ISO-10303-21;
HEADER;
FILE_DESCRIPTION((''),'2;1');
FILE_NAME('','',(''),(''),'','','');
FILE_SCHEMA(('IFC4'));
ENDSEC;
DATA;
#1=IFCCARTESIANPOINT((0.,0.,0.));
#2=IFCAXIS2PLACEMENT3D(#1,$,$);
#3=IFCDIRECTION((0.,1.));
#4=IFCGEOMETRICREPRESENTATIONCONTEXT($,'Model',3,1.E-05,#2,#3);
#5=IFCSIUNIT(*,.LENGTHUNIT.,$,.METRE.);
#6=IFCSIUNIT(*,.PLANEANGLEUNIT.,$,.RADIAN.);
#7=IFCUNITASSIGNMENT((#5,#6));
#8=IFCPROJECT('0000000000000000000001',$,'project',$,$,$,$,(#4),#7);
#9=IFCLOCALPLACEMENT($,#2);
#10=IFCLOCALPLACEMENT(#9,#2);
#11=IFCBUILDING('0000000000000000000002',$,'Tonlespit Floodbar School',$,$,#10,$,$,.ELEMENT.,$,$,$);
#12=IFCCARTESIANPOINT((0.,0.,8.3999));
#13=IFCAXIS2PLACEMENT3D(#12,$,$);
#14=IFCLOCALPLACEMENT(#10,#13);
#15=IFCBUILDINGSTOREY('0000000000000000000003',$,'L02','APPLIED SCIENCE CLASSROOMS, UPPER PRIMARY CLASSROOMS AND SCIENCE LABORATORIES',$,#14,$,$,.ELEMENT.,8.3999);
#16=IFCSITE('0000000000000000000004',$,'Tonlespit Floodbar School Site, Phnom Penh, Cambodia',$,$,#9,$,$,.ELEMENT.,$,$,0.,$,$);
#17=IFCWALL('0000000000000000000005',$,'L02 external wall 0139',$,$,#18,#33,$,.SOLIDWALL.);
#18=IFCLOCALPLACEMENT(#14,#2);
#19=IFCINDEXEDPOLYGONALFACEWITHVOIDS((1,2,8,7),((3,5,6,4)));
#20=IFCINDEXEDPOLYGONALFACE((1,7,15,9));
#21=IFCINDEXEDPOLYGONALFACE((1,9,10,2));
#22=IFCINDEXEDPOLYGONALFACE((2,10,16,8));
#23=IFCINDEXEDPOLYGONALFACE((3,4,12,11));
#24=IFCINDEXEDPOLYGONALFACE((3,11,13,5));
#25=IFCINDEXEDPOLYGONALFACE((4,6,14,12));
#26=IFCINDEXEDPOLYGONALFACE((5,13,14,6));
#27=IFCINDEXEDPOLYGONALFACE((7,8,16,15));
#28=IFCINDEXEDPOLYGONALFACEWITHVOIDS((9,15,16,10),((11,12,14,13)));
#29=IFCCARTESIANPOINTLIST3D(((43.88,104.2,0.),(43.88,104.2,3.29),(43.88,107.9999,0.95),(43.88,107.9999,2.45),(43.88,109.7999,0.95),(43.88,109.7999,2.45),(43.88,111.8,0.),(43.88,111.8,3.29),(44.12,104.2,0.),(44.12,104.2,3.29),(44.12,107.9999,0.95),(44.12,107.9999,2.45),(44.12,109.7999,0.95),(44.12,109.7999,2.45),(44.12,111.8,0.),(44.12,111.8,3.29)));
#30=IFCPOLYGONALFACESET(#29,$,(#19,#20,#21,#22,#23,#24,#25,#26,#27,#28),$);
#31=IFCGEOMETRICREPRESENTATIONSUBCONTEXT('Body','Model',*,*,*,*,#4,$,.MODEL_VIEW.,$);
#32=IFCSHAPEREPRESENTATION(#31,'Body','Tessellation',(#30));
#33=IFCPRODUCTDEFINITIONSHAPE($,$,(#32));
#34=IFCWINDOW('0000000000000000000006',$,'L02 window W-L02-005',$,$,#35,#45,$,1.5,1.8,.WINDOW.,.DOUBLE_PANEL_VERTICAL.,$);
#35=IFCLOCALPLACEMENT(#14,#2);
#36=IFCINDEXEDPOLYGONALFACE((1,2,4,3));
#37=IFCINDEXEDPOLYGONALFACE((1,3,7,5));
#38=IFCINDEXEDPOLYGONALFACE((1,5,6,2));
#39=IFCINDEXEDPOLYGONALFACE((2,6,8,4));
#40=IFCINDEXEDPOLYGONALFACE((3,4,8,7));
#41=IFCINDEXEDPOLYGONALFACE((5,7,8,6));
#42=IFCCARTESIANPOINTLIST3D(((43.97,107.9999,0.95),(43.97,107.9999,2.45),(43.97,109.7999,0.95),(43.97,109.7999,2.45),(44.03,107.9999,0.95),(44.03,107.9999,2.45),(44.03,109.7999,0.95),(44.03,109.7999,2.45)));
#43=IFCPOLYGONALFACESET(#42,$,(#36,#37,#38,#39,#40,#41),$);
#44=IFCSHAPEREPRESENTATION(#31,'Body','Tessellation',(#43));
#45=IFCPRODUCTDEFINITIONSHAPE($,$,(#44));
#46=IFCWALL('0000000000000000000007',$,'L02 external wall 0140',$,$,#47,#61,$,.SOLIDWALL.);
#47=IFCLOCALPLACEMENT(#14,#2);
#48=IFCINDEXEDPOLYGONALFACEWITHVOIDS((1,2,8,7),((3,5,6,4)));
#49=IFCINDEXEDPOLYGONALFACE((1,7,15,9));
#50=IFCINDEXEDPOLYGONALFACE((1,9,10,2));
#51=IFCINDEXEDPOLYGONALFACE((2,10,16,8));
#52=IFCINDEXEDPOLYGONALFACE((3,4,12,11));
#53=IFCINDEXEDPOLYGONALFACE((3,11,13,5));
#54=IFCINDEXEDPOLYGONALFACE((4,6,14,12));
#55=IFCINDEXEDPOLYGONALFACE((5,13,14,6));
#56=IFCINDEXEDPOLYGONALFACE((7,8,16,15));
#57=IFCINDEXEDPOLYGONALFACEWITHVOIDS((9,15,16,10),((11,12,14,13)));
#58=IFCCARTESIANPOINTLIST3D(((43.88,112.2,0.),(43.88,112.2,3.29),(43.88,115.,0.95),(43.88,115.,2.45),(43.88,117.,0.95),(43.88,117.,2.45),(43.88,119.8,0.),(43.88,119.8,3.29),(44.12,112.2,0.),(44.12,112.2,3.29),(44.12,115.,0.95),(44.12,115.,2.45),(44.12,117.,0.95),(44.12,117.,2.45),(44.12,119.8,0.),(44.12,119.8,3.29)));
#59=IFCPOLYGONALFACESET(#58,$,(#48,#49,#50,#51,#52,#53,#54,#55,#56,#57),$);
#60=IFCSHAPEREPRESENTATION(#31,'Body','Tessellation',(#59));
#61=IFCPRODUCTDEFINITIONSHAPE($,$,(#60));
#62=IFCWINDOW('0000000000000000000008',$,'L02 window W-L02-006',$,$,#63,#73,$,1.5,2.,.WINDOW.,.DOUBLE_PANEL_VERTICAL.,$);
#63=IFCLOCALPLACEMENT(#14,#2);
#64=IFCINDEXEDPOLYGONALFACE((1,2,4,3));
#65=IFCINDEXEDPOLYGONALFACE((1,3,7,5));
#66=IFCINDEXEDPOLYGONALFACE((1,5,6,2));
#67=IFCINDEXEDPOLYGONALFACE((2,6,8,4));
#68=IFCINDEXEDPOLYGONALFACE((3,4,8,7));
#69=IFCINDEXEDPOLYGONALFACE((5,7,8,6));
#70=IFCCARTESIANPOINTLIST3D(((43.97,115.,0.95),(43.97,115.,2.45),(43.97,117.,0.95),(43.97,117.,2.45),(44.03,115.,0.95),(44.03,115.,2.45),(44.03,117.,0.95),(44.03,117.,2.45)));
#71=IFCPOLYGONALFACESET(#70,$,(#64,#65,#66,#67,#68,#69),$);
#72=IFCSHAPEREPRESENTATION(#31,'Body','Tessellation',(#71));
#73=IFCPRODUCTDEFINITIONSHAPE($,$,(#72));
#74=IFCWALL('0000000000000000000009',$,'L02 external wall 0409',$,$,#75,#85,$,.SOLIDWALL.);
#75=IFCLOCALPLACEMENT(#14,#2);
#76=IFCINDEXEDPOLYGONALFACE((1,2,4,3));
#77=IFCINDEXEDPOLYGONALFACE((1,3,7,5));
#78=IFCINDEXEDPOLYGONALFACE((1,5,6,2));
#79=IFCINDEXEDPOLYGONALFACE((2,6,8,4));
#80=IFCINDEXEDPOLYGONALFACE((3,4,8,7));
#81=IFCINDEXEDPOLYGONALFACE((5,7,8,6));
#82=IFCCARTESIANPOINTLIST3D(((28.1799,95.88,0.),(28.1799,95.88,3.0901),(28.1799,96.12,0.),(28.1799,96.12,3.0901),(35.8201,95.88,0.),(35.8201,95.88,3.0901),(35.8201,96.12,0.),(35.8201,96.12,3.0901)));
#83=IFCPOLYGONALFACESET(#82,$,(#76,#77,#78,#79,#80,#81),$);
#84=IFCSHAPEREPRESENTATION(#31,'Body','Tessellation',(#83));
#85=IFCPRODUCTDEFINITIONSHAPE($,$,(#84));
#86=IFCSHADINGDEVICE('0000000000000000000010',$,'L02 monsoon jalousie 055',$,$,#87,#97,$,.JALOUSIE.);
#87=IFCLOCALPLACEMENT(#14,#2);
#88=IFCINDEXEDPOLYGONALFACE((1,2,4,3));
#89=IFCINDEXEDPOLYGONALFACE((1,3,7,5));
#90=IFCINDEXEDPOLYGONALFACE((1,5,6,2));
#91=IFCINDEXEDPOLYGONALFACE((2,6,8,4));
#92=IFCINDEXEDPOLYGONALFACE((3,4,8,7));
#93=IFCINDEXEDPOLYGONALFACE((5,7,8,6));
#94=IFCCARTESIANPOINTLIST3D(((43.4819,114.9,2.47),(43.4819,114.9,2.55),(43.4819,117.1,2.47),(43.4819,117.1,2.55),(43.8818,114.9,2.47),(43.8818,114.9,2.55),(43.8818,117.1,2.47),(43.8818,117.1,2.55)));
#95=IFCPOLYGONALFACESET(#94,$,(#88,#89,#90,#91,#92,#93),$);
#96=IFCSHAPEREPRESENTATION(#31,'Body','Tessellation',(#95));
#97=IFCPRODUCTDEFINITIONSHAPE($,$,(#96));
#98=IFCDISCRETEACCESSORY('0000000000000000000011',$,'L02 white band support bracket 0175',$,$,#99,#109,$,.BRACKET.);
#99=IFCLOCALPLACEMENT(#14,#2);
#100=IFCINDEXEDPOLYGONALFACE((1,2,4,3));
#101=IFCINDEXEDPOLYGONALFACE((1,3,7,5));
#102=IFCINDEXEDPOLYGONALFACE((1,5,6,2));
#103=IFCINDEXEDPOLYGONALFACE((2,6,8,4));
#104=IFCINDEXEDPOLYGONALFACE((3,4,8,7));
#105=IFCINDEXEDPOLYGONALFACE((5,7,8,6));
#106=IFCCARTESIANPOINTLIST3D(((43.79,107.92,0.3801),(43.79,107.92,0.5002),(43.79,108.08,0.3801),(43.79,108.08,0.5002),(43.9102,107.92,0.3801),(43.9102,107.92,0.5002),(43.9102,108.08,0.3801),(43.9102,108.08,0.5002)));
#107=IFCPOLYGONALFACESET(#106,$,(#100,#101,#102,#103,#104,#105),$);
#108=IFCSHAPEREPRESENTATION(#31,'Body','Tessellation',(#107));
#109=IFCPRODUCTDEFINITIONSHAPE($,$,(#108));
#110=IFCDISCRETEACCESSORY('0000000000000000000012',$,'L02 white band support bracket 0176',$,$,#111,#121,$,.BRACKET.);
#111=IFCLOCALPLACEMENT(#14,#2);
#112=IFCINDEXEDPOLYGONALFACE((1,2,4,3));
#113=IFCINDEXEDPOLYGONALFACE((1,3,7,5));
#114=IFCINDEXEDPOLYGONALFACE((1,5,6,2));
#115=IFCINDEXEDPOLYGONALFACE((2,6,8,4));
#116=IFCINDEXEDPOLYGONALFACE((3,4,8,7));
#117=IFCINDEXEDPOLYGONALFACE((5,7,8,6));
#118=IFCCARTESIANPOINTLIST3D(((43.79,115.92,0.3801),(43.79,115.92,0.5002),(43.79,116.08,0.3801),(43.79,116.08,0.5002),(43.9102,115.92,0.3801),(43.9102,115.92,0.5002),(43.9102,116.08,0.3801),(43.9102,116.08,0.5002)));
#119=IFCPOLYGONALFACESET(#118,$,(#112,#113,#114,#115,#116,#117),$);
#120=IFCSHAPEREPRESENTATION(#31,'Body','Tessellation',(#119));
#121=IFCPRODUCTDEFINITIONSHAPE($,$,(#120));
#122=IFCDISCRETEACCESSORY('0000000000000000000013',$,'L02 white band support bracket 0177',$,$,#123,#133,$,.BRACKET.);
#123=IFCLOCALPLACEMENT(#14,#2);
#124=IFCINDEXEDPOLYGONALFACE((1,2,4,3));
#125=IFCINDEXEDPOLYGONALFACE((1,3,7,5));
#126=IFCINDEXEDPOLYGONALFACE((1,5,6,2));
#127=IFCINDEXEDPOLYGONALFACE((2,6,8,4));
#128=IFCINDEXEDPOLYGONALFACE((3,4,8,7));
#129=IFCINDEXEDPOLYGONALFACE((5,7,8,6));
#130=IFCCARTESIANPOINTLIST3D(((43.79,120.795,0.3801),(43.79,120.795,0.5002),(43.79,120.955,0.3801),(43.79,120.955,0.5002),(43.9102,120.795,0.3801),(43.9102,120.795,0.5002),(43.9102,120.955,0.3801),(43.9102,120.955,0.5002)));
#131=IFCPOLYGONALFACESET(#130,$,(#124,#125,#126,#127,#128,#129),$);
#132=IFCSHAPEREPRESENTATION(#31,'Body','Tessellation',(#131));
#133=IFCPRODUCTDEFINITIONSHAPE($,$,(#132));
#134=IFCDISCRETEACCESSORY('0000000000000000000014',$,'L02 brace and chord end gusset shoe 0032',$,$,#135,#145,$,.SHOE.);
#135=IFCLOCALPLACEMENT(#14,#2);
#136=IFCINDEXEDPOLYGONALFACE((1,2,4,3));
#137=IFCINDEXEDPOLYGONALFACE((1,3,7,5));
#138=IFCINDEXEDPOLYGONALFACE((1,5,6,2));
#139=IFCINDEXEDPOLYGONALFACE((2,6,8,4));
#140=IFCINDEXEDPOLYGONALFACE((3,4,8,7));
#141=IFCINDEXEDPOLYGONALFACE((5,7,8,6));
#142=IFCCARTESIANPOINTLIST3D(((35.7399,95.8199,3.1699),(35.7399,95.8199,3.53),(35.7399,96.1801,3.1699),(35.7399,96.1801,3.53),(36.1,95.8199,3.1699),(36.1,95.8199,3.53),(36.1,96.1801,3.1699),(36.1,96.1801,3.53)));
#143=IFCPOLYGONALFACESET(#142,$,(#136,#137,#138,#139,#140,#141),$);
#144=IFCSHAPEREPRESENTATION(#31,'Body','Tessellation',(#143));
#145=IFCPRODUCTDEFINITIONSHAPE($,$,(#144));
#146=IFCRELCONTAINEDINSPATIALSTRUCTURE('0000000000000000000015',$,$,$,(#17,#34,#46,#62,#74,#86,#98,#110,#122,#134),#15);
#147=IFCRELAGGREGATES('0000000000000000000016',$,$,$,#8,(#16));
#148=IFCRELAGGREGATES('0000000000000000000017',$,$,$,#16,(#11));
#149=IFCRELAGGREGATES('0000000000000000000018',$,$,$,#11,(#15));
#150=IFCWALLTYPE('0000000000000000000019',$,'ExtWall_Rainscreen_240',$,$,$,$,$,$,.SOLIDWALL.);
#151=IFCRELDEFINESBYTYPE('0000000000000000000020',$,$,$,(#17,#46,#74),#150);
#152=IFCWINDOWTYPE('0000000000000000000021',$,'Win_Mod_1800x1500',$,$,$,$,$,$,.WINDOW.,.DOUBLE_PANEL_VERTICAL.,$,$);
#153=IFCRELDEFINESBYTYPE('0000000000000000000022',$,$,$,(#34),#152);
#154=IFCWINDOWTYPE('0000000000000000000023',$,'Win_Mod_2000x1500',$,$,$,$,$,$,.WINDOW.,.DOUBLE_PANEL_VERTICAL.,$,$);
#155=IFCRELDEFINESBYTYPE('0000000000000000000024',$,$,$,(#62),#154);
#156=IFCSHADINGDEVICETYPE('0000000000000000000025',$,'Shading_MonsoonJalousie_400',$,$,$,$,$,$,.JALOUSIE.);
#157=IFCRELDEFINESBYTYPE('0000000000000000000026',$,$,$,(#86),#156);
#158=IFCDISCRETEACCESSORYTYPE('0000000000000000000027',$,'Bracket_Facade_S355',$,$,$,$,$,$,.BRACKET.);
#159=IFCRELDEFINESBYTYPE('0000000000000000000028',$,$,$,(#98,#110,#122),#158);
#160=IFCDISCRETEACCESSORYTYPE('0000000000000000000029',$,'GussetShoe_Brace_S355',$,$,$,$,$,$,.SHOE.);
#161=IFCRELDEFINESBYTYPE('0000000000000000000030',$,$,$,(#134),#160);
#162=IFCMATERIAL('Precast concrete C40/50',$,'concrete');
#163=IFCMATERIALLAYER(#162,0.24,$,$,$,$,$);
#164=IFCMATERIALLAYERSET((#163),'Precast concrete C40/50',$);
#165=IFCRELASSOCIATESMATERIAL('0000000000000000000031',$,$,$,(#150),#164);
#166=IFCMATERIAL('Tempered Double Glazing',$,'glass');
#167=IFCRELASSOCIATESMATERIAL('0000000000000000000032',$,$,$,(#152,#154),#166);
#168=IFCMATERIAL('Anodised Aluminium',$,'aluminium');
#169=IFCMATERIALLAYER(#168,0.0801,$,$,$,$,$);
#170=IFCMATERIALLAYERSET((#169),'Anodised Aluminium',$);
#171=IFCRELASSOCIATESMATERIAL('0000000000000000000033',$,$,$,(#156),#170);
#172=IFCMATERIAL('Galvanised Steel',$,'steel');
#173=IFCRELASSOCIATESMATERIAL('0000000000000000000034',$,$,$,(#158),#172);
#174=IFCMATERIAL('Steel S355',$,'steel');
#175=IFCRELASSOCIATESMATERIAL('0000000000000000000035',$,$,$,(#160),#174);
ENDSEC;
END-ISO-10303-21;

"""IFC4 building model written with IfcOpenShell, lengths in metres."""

from ifc_helpers import new_model, si_unit, direction, frame, frame_2d, origin, origin_2d, place, context, subcontext, project, spatial, rectangle, extrude, material, layer, layer_set, type_object, element, fill, save


model = new_model("IFC4")

# Units and contexts
model_context = context("Model", 3, precision=1e-05, world=origin(), true_north=direction((0.0, 1.0)))
body_context = subcontext(model_context, "Body", "Model", "MODEL_VIEW")
ifc_project = project(units=[si_unit("LENGTHUNIT", "METRE"), si_unit("PLANEANGLEUNIT", "RADIAN")], contexts=[model_context])

# Site, building, storey
site_placement = place(None, origin())
site = spatial("IfcSite", under=ifc_project, at=site_placement, Name="Tonlespit Floodbar School Site, Phnom Penh, Cambodia", CompositionType="ELEMENT", RefElevation=0.0)
building_placement = place(site_placement, origin())
building = spatial("IfcBuilding", under=site, at=building_placement, Name="Tonlespit Floodbar School", CompositionType="ELEMENT")
storey_placement = place(building_placement, frame((0.0, 0.0, 8.3999)))
storey = spatial("IfcBuildingStorey", under=building, at=storey_placement, Name="L02", Description="APPLIED SCIENCE CLASSROOMS, UPPER PRIMARY CLASSROOMS AND SCIENCE LABORATORIES", CompositionType="ELEMENT", Elevation=8.3999)

# Shared definitions
ifc_material_1 = material(Name="Steel S355", Category="steel")

# Shared definitions
ifc_material_2 = material(Name="Anodised Aluminium", Category="aluminium")

# Walls, openings, windows
ifc_material_3 = material(Name="Precast concrete C40/50", Category="concrete")
ifc_layer_1 = layer(ifc_material_3, 0.24)
ifc_layer_set_1 = layer_set([ifc_layer_1], Name="Precast concrete C40/50")
wall_type = type_object("IfcWallType", Name="ExtWall_Rainscreen_240", PredefinedType="SOLIDWALL", material=ifc_layer_set_1)
wall_1_placement = place(storey_placement, frame((44.0, 104.2, 0.0), z_axis=(0.0, 0.0, 1.0), x_axis=(0.0, 1.0, 0.0)))
wall_1 = element("IfcWall", 1, at=wall_1_placement, inside=storey, type_object=wall_type, Name="L02 external wall 0139", PredefinedType="SOLIDWALL", context=body_context, shape_type="SweptSolid", body=[
    extrude(rectangle(XDim=7.6001, YDim=0.24, at=frame_2d((3.8, 0.0))), origin(), (0.0, 0.0, 1.0), 3.29),
])
opening_1_placement = place(wall_1_placement, frame((3.8, 0.0, 0.95)))
opening_1 = element("IfcOpeningElement", 2, at=opening_1_placement, cuts=wall_1, PredefinedType="OPENING", context=body_context, shape_type="SweptSolid", body=[
    extrude(rectangle(XDim=1.8, YDim=1.5, at=frame_2d((0.8999, 0.75))), frame((0.0, 0.1299, 0.0), z_axis=(0.0, -1.0, 0.0), x_axis=(1.0, 0.0, 0.0)), (0.0, 0.0, 1.0), 0.26),
])
ifc_material_4 = material(Name="Tempered Double Glazing", Category="glass")
window_type_1 = type_object("IfcWindowType", Name="Win_Mod_1800x1500", PartitioningType="DOUBLE_PANEL_VERTICAL", PredefinedType="WINDOW", material=ifc_material_4)
window_1_placement = place(opening_1_placement, origin())
window_1 = element("IfcWindow", 3, at=window_1_placement, inside=storey, type_object=window_type_1, Name="L02 window W-L02-005", OverallHeight=1.5, OverallWidth=1.8, PartitioningType="DOUBLE_PANEL_VERTICAL", PredefinedType="WINDOW", context=body_context, shape_type="SweptSolid", body=[
    extrude(rectangle(XDim=1.8, YDim=1.5, at=frame_2d((0.8999, 0.75))), frame((0.0, 0.03, 0.0), z_axis=(0.0, -1.0, 0.0), x_axis=(1.0, 0.0, 0.0)), (0.0, 0.0, 1.0), 0.0601),
])
fill(opening_1, window_1)
wall_2_placement = place(storey_placement, frame((44.0, 112.2, 0.0), z_axis=(0.0, 0.0, 1.0), x_axis=(0.0, 1.0, 0.0)))
wall_2 = element("IfcWall", 4, at=wall_2_placement, inside=storey, type_object=wall_type, Name="L02 external wall 0140", PredefinedType="SOLIDWALL", context=body_context, shape_type="SweptSolid", body=[
    extrude(rectangle(XDim=7.6001, YDim=0.24, at=frame_2d((3.8, 0.0))), origin(), (0.0, 0.0, 1.0), 3.29),
])
opening_2_placement = place(wall_2_placement, frame((2.8, 0.0, 0.95)))
opening_2 = element("IfcOpeningElement", 5, at=opening_2_placement, cuts=wall_2, PredefinedType="OPENING", context=body_context, shape_type="SweptSolid", body=[
    extrude(rectangle(XDim=2.0, YDim=1.5, at=frame_2d((1.0, 0.75))), frame((0.0, 0.1299, 0.0), z_axis=(0.0, -1.0, 0.0), x_axis=(1.0, 0.0, 0.0)), (0.0, 0.0, 1.0), 0.26),
])
window_type_2 = type_object("IfcWindowType", Name="Win_Mod_2000x1500", PartitioningType="DOUBLE_PANEL_VERTICAL", PredefinedType="WINDOW", material=ifc_material_4)
window_2_placement = place(opening_2_placement, origin())
window_2 = element("IfcWindow", 6, at=window_2_placement, inside=storey, type_object=window_type_2, Name="L02 window W-L02-006", OverallHeight=1.5, OverallWidth=2.0, PartitioningType="DOUBLE_PANEL_VERTICAL", PredefinedType="WINDOW", context=body_context, shape_type="SweptSolid", body=[
    extrude(rectangle(XDim=2.0, YDim=1.5, at=frame_2d((1.0, 0.75))), frame((0.0, 0.03, 0.0), z_axis=(0.0, -1.0, 0.0), x_axis=(1.0, 0.0, 0.0)), (0.0, 0.0, 1.0), 0.0601),
])
fill(opening_2, window_2)

# Wall
wall_3_placement = place(storey_placement, frame((28.1799, 96.0, 0.0), z_axis=(0.0, 0.0, 1.0), x_axis=(1.0, 0.0, 0.0)))
element("IfcWall", 7, at=wall_3_placement, inside=storey, type_object=wall_type, Name="L02 external wall 0409", PredefinedType="SOLIDWALL", context=body_context, shape_type="SweptSolid", body=[
    extrude(rectangle(XDim=7.6401, YDim=0.24, at=frame_2d((3.8201, 0.0))), origin(), (0.0, 0.0, 1.0), 3.0901),
])

# Shading device
ifc_layer_2 = layer(ifc_material_2, 0.0801)
ifc_layer_set_2 = layer_set([ifc_layer_2], Name="Anodised Aluminium")
shading_device_type = type_object("IfcShadingDeviceType", Name="Shading_MonsoonJalousie_400", PredefinedType="JALOUSIE", material=ifc_layer_set_2)
shading_device_placement = place(storey_placement, frame((43.6819, 116.0, 2.47), z_axis=(0.0, 0.0, 1.0), x_axis=(0.0, 1.0, 0.0)))
element("IfcShadingDevice", 8, at=shading_device_placement, inside=storey, type_object=shading_device_type, Name="L02 monsoon jalousie 055", PredefinedType="JALOUSIE", context=body_context, shape_type="SweptSolid", body=[
    extrude(rectangle(XDim=2.2, YDim=0.3999, at=origin_2d()), origin(), (0.0, 0.0, 1.0), 0.0801),
])

# Discrete accessories
ifc_material_5 = material(Name="Galvanised Steel", Category="steel")
discrete_accessory_type_1 = type_object("IfcDiscreteAccessoryType", Name="Bracket_Facade_S355", PredefinedType="BRACKET", material=ifc_material_5)
for number, where, z_axis, x_axis, name in (
    (9, (43.8501, 108.0, 0.3801), (0.0, 0.0, 1.0), (0.0, 1.0, 0.0), "L02 white band support bracket 0175"),
    (10, (43.8501, 116.0, 0.3801), (0.0, 0.0, 1.0), (0.0, 1.0, 0.0), "L02 white band support bracket 0176"),
    (11, (43.8501, 120.875, 0.3801), (0.0, 0.0, 1.0), (0.0, 1.0, 0.0), "L02 white band support bracket 0177"),
):
    element("IfcDiscreteAccessory", number, at=place(storey_placement, frame(where, z_axis=z_axis, x_axis=x_axis)), inside=storey, type_object=discrete_accessory_type_1, Name=name, PredefinedType="BRACKET", context=body_context, shape_type="SweptSolid", body=[
        extrude(rectangle(XDim=0.1599, YDim=0.1201, at=origin_2d()), origin(), (0.0, 0.0, 1.0), 0.1201),
    ])
discrete_accessory_type_2 = type_object("IfcDiscreteAccessoryType", Name="GussetShoe_Brace_S355", PredefinedType="SHOE", material=ifc_material_1)
discrete_accessory_placement = place(storey_placement, frame((35.9199, 96.0, 3.1699), z_axis=(0.0, 0.0, 1.0), x_axis=(1.0, 0.0, 0.0)))
element("IfcDiscreteAccessory", 12, at=discrete_accessory_placement, inside=storey, type_object=discrete_accessory_type_2, Name="L02 brace and chord end gusset shoe 0032", PredefinedType="SHOE", context=body_context, shape_type="SweptSolid", body=[
    extrude(rectangle(XDim=0.3601, YDim=0.3601, at=origin_2d()), origin(), (0.0, 0.0, 1.0), 0.3601),
])

save(model, "model.ifc")
